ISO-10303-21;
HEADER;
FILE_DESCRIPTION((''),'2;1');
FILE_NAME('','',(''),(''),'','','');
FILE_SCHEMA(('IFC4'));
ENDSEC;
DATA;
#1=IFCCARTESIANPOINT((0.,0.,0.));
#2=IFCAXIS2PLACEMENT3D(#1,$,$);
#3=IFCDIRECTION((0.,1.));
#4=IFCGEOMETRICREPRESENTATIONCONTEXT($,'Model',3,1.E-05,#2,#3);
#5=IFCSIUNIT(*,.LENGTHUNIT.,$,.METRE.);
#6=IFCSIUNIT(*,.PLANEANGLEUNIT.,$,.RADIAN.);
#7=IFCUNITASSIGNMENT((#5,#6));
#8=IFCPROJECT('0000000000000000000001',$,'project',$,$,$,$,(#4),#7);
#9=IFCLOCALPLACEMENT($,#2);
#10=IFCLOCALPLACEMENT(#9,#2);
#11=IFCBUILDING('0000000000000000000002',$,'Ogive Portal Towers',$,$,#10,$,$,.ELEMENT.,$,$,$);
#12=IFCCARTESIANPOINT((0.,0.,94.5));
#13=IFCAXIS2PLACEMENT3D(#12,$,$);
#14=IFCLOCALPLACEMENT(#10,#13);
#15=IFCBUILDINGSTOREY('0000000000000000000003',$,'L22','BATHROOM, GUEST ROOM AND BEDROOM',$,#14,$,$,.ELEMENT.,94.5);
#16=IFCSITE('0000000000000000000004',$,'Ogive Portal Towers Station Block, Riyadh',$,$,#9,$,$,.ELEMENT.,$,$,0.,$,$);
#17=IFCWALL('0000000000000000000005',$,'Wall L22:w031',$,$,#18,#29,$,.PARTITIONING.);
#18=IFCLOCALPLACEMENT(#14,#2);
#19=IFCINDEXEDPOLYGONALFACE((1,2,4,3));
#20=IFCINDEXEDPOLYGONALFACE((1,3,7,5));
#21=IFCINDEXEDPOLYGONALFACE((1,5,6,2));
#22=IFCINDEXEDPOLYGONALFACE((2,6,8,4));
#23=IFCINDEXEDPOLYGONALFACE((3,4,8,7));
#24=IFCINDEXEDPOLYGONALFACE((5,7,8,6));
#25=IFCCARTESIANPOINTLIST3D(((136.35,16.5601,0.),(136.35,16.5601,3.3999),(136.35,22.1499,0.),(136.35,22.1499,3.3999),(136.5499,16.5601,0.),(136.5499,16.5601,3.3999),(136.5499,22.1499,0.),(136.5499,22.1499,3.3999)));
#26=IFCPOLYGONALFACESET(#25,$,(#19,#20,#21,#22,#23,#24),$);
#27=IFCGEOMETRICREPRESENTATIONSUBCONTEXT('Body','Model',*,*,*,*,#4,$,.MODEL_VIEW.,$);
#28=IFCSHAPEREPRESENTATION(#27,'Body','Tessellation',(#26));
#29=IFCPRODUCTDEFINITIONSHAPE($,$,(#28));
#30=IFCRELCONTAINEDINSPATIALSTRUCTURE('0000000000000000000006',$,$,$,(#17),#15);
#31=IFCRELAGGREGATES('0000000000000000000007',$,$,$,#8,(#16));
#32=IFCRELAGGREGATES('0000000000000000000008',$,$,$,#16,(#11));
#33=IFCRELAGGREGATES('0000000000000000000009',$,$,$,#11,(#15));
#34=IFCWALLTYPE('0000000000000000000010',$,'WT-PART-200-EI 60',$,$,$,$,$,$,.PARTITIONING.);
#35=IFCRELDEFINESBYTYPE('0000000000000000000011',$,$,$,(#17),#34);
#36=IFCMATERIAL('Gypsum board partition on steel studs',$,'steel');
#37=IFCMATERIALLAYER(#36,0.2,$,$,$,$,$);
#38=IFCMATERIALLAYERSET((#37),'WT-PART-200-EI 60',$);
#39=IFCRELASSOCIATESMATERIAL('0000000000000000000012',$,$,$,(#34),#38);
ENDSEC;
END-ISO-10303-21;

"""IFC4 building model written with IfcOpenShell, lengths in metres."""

from ifc_helpers import new_model, si_unit, direction, frame, frame_2d, origin, place, context, subcontext, project, spatial, rectangle, extrude, material, layer, layer_set, type_object, element, save


model = new_model("IFC4")

# Units and contexts
model_context = context("Model", 3, precision=1e-05, world=origin(), true_north=direction((0.0, 1.0)))
body_context = subcontext(model_context, "Body", "Model", "MODEL_VIEW")
ifc_project = project(units=[si_unit("LENGTHUNIT", "METRE"), si_unit("PLANEANGLEUNIT", "RADIAN")], contexts=[model_context])

# Site, building, storey
site_placement = place(None, origin())
site = spatial("IfcSite", under=ifc_project, at=site_placement, Name="Ogive Portal Towers Station Block, Riyadh", CompositionType="ELEMENT", RefElevation=0.0)
building_placement = place(site_placement, origin())
building = spatial("IfcBuilding", under=site, at=building_placement, Name="Ogive Portal Towers", CompositionType="ELEMENT")
storey_placement = place(building_placement, frame((0.0, 0.0, 94.5)))
storey = spatial("IfcBuildingStorey", under=building, at=storey_placement, Name="L22", Description="BATHROOM, GUEST ROOM AND BEDROOM", CompositionType="ELEMENT", Elevation=94.5)

# Wall
ifc_material_1 = material(Name="Gypsum board partition on steel studs", Category="steel")
ifc_layer_1 = layer(ifc_material_1, 0.2)
ifc_layer_set_1 = layer_set([ifc_layer_1], Name="WT-PART-200-EI 60")
wall_type_1 = type_object("IfcWallType", Name="WT-PART-200-EI 60", PredefinedType="PARTITIONING", material=ifc_layer_set_1)
wall_1_placement = place(storey_placement, frame((136.45, 16.5601, 0.0), z_axis=(0.0, 0.0, 1.0), x_axis=(0.0, 1.0, 0.0)))
element("IfcWall", 1, at=wall_1_placement, inside=storey, type_object=wall_type_1, Name="Wall L22:w031", PredefinedType="PARTITIONING", context=body_context, shape_type="SweptSolid", body=[
    extrude(rectangle(XDim=5.5898, YDim=0.2, at=frame_2d((2.7949, 0.0))), origin(), (0.0, 0.0, 1.0), 3.3999),
])

save(model, "model.ifc")
